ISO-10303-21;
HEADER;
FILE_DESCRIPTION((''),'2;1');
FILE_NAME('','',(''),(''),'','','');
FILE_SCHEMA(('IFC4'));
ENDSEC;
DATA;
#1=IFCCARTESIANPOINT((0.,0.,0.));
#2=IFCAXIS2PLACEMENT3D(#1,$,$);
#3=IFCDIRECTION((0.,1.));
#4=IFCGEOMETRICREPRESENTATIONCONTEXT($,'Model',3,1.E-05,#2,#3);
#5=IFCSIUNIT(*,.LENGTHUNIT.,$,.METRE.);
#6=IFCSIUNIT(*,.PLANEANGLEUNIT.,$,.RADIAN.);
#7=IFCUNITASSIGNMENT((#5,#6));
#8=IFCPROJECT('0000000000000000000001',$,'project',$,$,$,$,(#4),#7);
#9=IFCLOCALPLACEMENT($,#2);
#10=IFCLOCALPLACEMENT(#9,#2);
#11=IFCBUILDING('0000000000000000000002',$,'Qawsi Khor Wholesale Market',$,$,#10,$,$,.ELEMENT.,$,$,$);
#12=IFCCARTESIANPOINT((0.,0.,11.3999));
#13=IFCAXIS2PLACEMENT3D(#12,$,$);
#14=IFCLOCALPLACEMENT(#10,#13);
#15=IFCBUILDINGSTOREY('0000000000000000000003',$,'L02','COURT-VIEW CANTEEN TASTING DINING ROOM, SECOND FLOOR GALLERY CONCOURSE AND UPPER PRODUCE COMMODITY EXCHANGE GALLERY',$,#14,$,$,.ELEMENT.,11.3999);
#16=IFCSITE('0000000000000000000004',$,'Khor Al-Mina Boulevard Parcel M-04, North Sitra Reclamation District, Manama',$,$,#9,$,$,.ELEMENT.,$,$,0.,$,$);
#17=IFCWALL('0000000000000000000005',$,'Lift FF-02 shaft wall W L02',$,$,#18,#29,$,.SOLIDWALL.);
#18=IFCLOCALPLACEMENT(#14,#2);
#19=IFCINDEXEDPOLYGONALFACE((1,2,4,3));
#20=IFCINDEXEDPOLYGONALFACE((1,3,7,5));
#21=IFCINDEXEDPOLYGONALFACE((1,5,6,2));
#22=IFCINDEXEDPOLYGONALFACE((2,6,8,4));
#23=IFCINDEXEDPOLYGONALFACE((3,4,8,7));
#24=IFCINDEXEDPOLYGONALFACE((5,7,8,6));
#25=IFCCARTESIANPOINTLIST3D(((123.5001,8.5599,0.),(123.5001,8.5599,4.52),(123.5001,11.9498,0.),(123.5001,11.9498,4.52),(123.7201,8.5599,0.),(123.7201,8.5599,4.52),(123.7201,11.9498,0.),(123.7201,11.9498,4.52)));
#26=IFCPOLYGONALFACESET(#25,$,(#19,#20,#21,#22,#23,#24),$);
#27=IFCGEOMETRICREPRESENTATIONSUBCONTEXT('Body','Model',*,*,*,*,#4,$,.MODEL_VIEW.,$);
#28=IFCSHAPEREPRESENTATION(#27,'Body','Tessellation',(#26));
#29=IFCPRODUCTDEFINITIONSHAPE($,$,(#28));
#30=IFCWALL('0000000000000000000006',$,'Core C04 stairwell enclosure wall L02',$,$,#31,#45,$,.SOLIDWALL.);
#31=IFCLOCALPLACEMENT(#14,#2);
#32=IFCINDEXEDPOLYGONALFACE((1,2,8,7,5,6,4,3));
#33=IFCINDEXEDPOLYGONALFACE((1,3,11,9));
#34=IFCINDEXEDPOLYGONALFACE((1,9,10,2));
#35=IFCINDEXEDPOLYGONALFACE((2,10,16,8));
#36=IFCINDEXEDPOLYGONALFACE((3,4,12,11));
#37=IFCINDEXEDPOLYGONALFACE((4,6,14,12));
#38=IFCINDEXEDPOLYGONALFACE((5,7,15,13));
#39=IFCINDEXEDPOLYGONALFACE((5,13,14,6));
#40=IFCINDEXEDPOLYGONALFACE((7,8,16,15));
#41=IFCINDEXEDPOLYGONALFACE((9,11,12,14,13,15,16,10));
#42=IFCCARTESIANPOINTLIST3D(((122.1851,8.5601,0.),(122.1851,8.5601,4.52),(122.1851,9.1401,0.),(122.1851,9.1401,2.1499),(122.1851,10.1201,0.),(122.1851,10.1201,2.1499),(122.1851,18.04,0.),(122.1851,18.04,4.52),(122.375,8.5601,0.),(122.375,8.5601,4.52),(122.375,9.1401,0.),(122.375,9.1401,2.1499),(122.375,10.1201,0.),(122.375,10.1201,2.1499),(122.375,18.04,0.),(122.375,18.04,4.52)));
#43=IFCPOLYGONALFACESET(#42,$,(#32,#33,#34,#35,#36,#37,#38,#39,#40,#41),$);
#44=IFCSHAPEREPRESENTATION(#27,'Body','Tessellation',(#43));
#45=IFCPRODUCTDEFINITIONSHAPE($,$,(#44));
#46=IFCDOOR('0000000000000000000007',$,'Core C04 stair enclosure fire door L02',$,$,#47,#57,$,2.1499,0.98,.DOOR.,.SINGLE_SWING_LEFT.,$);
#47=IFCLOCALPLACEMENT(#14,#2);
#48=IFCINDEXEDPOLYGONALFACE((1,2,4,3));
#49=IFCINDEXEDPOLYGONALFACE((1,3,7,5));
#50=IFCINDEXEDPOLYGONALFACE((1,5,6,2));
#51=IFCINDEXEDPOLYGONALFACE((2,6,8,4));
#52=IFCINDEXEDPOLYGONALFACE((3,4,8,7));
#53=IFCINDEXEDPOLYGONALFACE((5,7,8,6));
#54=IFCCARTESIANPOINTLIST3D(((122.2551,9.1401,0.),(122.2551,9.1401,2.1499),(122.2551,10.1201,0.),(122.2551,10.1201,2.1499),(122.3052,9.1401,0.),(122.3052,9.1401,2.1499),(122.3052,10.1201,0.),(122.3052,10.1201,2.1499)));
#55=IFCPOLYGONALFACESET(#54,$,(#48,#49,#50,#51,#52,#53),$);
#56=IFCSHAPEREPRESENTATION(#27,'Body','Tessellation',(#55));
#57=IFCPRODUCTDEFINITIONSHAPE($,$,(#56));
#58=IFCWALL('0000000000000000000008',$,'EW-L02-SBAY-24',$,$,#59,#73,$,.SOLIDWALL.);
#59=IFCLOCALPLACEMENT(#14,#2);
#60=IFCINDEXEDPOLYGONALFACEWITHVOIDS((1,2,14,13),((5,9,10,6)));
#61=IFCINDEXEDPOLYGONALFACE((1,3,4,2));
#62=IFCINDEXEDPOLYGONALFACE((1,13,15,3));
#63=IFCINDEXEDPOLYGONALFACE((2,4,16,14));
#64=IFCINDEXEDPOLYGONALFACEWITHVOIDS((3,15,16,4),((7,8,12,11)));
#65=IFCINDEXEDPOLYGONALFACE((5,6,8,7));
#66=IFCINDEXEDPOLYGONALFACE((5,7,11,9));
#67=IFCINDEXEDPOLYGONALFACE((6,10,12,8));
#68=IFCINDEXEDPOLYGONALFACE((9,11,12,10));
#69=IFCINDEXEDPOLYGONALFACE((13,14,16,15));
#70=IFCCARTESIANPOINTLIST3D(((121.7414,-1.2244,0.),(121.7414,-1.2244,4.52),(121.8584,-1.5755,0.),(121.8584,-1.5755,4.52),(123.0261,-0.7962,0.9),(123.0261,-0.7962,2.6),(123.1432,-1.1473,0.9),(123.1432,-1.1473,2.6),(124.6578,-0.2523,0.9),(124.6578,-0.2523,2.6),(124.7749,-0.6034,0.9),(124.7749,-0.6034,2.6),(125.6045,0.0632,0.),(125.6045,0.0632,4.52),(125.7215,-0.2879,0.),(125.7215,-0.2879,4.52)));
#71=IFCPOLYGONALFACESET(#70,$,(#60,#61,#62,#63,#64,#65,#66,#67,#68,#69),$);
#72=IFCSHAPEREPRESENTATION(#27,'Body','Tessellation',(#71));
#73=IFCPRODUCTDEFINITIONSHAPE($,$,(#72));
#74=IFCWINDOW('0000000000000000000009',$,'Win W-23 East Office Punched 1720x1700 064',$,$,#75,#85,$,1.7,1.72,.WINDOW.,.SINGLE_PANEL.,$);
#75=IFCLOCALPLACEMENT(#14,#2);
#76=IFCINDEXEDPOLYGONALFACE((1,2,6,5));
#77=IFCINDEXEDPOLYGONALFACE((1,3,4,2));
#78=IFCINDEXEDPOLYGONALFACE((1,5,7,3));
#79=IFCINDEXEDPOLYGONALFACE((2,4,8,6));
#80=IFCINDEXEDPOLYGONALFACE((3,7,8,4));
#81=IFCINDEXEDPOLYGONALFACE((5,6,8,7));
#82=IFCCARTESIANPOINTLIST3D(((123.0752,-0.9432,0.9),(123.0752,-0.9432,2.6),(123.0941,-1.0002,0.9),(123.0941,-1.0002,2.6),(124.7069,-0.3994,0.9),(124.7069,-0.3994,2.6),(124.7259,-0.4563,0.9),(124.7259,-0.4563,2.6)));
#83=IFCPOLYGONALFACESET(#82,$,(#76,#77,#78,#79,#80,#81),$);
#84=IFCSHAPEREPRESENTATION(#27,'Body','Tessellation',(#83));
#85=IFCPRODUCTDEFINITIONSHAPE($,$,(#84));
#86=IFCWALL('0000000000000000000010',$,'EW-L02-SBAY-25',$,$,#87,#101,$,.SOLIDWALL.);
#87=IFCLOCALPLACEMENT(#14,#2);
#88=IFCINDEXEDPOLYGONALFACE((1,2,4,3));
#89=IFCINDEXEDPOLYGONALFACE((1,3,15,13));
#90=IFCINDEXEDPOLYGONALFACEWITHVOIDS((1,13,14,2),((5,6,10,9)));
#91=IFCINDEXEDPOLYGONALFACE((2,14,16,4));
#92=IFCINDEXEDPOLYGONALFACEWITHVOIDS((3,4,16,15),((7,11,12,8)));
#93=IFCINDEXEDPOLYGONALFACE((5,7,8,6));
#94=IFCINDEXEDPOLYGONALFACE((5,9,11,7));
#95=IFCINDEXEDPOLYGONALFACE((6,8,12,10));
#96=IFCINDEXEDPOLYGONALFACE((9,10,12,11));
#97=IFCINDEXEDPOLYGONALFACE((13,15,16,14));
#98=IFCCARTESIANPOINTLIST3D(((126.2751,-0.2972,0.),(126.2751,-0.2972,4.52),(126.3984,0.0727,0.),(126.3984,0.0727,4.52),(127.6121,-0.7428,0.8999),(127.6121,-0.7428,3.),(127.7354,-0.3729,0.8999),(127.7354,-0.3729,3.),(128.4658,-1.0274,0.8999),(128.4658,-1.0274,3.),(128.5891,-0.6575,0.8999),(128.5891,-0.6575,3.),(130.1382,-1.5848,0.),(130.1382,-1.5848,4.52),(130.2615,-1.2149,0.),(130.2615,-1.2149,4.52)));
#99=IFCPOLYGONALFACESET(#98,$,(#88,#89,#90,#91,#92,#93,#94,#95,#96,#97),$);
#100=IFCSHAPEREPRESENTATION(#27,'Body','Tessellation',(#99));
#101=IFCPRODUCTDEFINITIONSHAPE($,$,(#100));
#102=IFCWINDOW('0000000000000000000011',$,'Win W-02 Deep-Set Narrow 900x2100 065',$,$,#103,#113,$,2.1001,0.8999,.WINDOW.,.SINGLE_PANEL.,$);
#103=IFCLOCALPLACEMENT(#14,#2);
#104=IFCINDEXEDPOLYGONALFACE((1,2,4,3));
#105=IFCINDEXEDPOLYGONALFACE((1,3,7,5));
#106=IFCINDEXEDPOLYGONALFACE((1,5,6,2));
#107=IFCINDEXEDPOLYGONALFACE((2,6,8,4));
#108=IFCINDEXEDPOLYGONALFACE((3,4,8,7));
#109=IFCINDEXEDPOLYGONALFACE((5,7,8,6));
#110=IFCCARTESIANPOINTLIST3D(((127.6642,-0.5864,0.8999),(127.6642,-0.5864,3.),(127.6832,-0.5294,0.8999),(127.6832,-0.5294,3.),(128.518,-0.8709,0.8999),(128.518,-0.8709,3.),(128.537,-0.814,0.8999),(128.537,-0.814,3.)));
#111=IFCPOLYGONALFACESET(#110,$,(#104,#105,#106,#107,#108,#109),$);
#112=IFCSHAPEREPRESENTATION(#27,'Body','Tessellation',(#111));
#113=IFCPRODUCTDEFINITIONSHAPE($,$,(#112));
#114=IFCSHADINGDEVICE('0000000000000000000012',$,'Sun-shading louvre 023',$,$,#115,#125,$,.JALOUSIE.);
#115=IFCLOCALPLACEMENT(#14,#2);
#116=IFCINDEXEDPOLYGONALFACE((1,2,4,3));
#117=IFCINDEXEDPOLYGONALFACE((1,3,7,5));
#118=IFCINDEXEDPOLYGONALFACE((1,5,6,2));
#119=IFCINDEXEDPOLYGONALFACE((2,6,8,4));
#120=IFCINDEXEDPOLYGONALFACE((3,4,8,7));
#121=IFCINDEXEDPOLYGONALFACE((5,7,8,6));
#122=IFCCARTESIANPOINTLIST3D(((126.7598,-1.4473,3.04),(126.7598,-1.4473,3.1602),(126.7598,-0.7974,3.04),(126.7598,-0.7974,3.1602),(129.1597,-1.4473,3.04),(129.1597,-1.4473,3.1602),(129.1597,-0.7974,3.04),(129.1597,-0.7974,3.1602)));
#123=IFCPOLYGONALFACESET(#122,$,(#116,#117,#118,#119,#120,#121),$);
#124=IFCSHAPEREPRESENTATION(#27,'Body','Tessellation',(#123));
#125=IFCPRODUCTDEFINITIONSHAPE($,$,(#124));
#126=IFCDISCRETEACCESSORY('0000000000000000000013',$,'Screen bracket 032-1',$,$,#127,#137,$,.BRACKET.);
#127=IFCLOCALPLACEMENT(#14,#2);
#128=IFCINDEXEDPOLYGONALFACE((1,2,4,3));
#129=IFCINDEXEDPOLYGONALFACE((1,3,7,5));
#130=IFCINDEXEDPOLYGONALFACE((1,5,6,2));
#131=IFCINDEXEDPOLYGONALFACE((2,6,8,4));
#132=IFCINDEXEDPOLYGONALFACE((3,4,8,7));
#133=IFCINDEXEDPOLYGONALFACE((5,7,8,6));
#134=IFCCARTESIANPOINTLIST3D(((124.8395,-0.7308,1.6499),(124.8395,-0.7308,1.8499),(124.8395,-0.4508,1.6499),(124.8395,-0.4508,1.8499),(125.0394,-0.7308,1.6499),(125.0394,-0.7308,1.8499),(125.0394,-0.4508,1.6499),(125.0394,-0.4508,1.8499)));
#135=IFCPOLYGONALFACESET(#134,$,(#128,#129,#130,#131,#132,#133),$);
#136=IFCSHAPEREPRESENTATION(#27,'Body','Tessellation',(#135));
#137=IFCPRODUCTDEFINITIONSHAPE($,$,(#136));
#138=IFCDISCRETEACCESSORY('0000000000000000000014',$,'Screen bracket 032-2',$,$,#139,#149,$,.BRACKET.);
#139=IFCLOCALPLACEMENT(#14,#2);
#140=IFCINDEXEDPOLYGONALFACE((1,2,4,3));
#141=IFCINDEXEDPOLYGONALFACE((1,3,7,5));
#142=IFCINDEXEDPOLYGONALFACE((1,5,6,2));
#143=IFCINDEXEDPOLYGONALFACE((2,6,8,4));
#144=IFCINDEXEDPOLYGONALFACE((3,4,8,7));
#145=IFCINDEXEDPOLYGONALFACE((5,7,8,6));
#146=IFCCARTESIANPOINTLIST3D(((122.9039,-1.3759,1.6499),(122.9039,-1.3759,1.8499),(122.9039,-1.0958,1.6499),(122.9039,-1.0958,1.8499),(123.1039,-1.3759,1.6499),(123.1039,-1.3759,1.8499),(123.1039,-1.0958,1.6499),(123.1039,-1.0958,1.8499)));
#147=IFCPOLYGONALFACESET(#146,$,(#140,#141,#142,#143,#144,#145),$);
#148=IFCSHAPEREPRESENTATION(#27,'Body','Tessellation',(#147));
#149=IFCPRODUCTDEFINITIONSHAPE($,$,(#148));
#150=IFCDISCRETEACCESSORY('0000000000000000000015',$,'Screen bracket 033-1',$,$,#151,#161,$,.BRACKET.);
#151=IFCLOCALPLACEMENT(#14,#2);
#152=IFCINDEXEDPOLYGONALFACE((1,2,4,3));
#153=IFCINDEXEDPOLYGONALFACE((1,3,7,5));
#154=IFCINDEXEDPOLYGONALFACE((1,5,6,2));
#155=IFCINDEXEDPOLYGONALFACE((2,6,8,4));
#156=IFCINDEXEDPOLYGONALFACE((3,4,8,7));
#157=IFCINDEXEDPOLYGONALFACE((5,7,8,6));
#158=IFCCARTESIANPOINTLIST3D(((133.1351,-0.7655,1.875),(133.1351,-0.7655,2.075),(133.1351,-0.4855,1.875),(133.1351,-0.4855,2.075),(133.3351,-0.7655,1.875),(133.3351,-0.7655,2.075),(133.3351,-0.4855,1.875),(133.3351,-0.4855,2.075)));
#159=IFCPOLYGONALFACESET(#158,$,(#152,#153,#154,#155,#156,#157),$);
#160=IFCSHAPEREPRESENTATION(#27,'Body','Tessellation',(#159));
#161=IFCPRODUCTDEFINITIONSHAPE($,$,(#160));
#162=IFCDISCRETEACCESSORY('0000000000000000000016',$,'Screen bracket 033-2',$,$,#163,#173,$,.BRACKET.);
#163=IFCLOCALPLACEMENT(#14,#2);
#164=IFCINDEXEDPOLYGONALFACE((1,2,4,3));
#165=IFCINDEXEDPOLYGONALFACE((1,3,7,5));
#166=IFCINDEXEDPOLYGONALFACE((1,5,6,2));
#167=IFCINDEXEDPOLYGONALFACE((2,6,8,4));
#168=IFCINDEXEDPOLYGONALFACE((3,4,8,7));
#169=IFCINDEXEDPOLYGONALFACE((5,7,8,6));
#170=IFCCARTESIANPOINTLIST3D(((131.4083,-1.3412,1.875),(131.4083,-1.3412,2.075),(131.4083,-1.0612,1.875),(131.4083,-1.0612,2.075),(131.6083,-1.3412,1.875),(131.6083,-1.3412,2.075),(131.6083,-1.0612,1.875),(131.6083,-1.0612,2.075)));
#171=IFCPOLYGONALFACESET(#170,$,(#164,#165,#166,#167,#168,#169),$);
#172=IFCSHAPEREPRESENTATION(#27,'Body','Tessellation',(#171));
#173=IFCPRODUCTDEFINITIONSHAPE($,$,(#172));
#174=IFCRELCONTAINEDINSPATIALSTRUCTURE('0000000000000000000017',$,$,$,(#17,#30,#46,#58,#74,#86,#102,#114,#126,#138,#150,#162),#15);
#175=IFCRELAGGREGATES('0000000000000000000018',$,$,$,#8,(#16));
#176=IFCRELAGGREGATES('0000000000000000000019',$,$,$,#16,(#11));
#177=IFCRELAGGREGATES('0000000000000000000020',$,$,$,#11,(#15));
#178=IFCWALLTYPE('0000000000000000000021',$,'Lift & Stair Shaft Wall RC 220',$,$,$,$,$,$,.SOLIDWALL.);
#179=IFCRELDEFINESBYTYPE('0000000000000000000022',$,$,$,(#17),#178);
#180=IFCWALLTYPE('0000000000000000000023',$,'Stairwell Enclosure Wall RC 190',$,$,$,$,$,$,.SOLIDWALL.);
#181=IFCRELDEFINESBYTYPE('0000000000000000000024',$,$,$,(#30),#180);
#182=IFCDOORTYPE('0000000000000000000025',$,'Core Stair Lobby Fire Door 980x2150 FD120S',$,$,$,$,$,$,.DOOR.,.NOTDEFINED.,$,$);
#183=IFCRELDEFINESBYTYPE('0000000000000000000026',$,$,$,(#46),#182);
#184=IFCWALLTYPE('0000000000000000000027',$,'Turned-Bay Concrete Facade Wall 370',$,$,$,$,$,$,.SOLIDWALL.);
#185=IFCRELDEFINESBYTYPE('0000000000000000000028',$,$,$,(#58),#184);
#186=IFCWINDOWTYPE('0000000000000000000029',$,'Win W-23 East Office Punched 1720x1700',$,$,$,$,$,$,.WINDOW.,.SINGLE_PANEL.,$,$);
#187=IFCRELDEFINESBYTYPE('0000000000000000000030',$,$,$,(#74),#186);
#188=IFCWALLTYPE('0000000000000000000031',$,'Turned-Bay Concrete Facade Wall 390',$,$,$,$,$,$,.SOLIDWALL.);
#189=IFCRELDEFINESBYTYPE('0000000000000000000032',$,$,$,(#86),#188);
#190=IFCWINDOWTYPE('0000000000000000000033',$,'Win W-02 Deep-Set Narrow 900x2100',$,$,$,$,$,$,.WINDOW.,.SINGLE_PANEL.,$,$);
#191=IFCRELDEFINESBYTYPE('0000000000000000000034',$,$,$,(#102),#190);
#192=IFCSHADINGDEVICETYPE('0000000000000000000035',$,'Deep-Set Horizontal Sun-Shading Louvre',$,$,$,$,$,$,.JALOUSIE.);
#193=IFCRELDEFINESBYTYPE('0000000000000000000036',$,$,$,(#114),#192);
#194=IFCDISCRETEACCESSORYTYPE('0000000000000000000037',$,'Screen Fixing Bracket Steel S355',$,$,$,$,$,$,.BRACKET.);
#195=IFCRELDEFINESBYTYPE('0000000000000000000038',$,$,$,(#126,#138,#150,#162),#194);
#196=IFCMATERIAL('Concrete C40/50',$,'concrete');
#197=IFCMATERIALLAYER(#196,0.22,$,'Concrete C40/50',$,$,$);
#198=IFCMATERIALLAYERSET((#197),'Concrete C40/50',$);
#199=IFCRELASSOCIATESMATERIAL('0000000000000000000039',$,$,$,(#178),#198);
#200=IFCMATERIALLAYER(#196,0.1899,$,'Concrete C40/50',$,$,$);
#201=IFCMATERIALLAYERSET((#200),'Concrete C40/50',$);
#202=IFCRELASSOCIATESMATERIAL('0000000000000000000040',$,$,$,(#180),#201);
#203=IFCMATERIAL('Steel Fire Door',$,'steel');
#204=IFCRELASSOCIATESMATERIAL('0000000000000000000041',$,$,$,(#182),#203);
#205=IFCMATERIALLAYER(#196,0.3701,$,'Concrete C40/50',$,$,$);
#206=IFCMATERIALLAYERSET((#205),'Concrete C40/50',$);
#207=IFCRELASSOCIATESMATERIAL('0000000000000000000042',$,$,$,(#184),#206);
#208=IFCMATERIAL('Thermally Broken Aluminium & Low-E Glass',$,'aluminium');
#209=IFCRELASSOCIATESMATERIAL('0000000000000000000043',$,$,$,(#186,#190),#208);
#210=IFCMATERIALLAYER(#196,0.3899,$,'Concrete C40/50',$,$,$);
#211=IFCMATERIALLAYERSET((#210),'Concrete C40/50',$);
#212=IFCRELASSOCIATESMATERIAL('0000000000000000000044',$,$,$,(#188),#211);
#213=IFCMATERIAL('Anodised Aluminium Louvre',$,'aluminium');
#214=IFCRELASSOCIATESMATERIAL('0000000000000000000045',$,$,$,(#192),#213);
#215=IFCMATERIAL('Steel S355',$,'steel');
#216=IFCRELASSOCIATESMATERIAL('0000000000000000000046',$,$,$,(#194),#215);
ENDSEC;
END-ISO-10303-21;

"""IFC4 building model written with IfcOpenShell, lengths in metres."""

from ifc_helpers import new_model, si_unit, direction, frame, frame_2d, origin, origin_2d, place, context, subcontext, project, spatial, rectangle, extrude, material, layer, layer_set, type_object, element, fill, save


model = new_model("IFC4")

# Units and contexts
model_context = context("Model", 3, precision=1e-05, world=origin(), true_north=direction((0.0, 1.0)))
body_context = subcontext(model_context, "Body", "Model", "MODEL_VIEW")
ifc_project = project(units=[si_unit("LENGTHUNIT", "METRE"), si_unit("PLANEANGLEUNIT", "RADIAN")], contexts=[model_context])

# Site, building, storey
site_placement = place(None, origin())
site = spatial("IfcSite", under=ifc_project, at=site_placement, Name="Khor Al-Mina Boulevard Parcel M-04, North Sitra Reclamation District, Manama", CompositionType="ELEMENT", RefElevation=0.0)
building_placement = place(site_placement, origin())
building = spatial("IfcBuilding", under=site, at=building_placement, Name="Qawsi Khor Wholesale Market", CompositionType="ELEMENT")
storey_placement = place(building_placement, frame((0.0, 0.0, 11.3999)))
storey = spatial("IfcBuildingStorey", under=building, at=storey_placement, Name="L02", Description="COURT-VIEW CANTEEN TASTING DINING ROOM, SECOND FLOOR GALLERY CONCOURSE AND UPPER PRODUCE COMMODITY EXCHANGE GALLERY", CompositionType="ELEMENT", Elevation=11.3999)

# Shared definitions
ifc_material_1 = material(Name="Concrete C40/50", Category="concrete")

# Shared definitions
ifc_material_2 = material(Name="Steel S355", Category="steel")

# Wall
ifc_layer_1 = layer(ifc_material_1, 0.22, Name="Concrete C40/50")
ifc_layer_set_1 = layer_set([ifc_layer_1], Name="Concrete C40/50")
wall_type_1 = type_object("IfcWallType", Name="Lift & Stair Shaft Wall RC 220", PredefinedType="SOLIDWALL", material=ifc_layer_set_1)
wall_1_placement = place(storey_placement, frame((123.6101, 8.5601, 0.0), z_axis=(0.0, 0.0, 1.0), x_axis=(0.0, 1.0, 0.0)))
element("IfcWall", 1, at=wall_1_placement, inside=storey, type_object=wall_type_1, Name="Lift FF-02 shaft wall W L02", PredefinedType="SOLIDWALL", context=body_context, shape_type="SweptSolid", body=[
    extrude(rectangle(XDim=3.3899, YDim=0.22, at=frame_2d((1.6948, 0.0))), origin(), (0.0, 0.0, 1.0), 4.52),
])

# Wall, opening, door
ifc_layer_2 = layer(ifc_material_1, 0.1899, Name="Concrete C40/50")
ifc_layer_set_2 = layer_set([ifc_layer_2], Name="Concrete C40/50")
wall_type_2 = type_object("IfcWallType", Name="Stairwell Enclosure Wall RC 190", PredefinedType="SOLIDWALL", material=ifc_layer_set_2)
wall_2_placement = place(storey_placement, frame((122.28, 8.5601, 0.0), z_axis=(0.0, 0.0, 1.0), x_axis=(0.0, 1.0, 0.0)))
wall_2 = element("IfcWall", 2, at=wall_2_placement, inside=storey, type_object=wall_type_2, Name="Core C04 stairwell enclosure wall L02", PredefinedType="SOLIDWALL", context=body_context, shape_type="SweptSolid", body=[
    extrude(rectangle(XDim=9.48, YDim=0.1899, at=frame_2d((4.74, 0.0))), origin(), (0.0, 0.0, 1.0), 4.52),
])
opening_1_placement = place(wall_2_placement, frame((0.5801, 0.0, 0.0)))
opening_1 = element("IfcOpeningElement", 3, at=opening_1_placement, cuts=wall_2, PredefinedType="OPENING", context=body_context, shape_type="SweptSolid", body=[
    extrude(rectangle(XDim=0.98, YDim=2.1499, at=frame_2d((0.49, 1.075))), frame((0.0, 0.105, 0.0), z_axis=(0.0, -1.0, 0.0), x_axis=(1.0, 0.0, 0.0)), (0.0, 0.0, 1.0), 0.21),
])
ifc_material_3 = material(Name="Steel Fire Door", Category="steel")
door_type = type_object("IfcDoorType", Name="Core Stair Lobby Fire Door 980x2150 FD120S", OperationType="NOTDEFINED", PredefinedType="DOOR", material=ifc_material_3)
door_placement = place(opening_1_placement, origin())
door = element("IfcDoor", 4, at=door_placement, inside=storey, type_object=door_type, Name="Core C04 stair enclosure fire door L02", OperationType="SINGLE_SWING_LEFT", OverallHeight=2.1499, OverallWidth=0.98, PredefinedType="DOOR", context=body_context, shape_type="SweptSolid", body=[
    extrude(rectangle(XDim=0.98, YDim=2.1499, at=frame_2d((0.49, 1.075))), frame((0.0, 0.0249, 0.0), z_axis=(0.0, -1.0, 0.0), x_axis=(1.0, 0.0, 0.0)), (0.0, 0.0, 1.0), 0.05),
])
fill(opening_1, door)

# Walls, openings, windows
ifc_layer_3 = layer(ifc_material_1, 0.3701, Name="Concrete C40/50")
ifc_layer_set_3 = layer_set([ifc_layer_3], Name="Concrete C40/50")
wall_type_3 = type_object("IfcWallType", Name="Turned-Bay Concrete Facade Wall 370", PredefinedType="SOLIDWALL", material=ifc_layer_set_3)
wall_3_placement = place(storey_placement, frame((125.6631, -0.1123, 0.0), z_axis=(0.0, 0.0, 1.0), x_axis=(-0.948689, -0.31621, 0.0)))
wall_3 = element("IfcWall", 5, at=wall_3_placement, inside=storey, type_object=wall_type_3, Name="EW-L02-SBAY-24", PredefinedType="SOLIDWALL", context=body_context, shape_type="SweptSolid", body=[
    extrude(rectangle(XDim=4.072, YDim=0.3701, at=frame_2d((2.0361, 0.0))), origin(), (0.0, 0.0, 1.0), 4.52),
])
opening_2_placement = place(wall_3_placement, frame((0.998, 0.0, 0.8999)))
opening_2 = element("IfcOpeningElement", 6, at=opening_2_placement, cuts=wall_3, PredefinedType="OPENING", context=body_context, shape_type="SweptSolid", body=[
    extrude(rectangle(XDim=1.72, YDim=1.7, at=frame_2d((0.8599, 0.8501))), frame((0.0, 0.1951, 0.0), z_axis=(0.0, -1.0, 0.0), x_axis=(1.0, 0.0, 0.0)), (0.0, 0.0, 1.0), 0.3901),
])
ifc_material_4 = material(Name="Thermally Broken Aluminium & Low-E Glass", Category="aluminium")
window_type_1 = type_object("IfcWindowType", Name="Win W-23 East Office Punched 1720x1700", PartitioningType="SINGLE_PANEL", PredefinedType="WINDOW", material=ifc_material_4)
window_1_placement = place(opening_2_placement, origin())
window_1 = element("IfcWindow", 7, at=window_1_placement, inside=storey, type_object=window_type_1, Name="Win W-23 East Office Punched 1720x1700 064", OverallHeight=1.7, OverallWidth=1.72, PartitioningType="SINGLE_PANEL", PredefinedType="WINDOW", context=body_context, shape_type="SweptSolid", body=[
    extrude(rectangle(XDim=1.72, YDim=1.7, at=frame_2d((0.8599, 0.8501))), frame((0.0, 0.03, 0.0), z_axis=(0.0, -1.0, 0.0), x_axis=(1.0, 0.0, 0.0)), (0.0, 0.0, 1.0), 0.0601),
])
fill(opening_2, window_1)
ifc_layer_4 = layer(ifc_material_1, 0.3899, Name="Concrete C40/50")
ifc_layer_set_4 = layer_set([ifc_layer_4], Name="Concrete C40/50")
wall_type_4 = type_object("IfcWallType", Name="Turned-Bay Concrete Facade Wall 390", PredefinedType="SOLIDWALL", material=ifc_layer_set_4)
wall_4_placement = place(storey_placement, frame((130.2, -1.3999, 0.0), z_axis=(0.0, 0.0, 1.0), x_axis=(-0.948689, 0.31621, 0.0)))
wall_4 = element("IfcWall", 8, at=wall_4_placement, inside=storey, type_object=wall_type_4, Name="EW-L02-SBAY-25", PredefinedType="SOLIDWALL", context=body_context, shape_type="SweptSolid", body=[
    extrude(rectangle(XDim=4.072, YDim=0.3899, at=frame_2d((2.0361, 0.0))), origin(), (0.0, 0.0, 1.0), 4.52),
])
opening_3_placement = place(wall_4_placement, frame((1.7629, 0.0, 0.8999)))
opening_3 = element("IfcOpeningElement", 9, at=opening_3_placement, cuts=wall_4, PredefinedType="OPENING", context=body_context, shape_type="SweptSolid", body=[
    extrude(rectangle(XDim=0.8999, YDim=2.1001, at=frame_2d((0.45, 1.05))), frame((0.0, 0.2048, 0.0), z_axis=(0.0, -1.0, 0.0), x_axis=(1.0, 0.0, 0.0)), (0.0, 0.0, 1.0), 0.4099),
])
window_type_2 = type_object("IfcWindowType", Name="Win W-02 Deep-Set Narrow 900x2100", PartitioningType="SINGLE_PANEL", PredefinedType="WINDOW", material=ifc_material_4)
window_2_placement = place(opening_3_placement, origin())
window_2 = element("IfcWindow", 10, at=window_2_placement, inside=storey, type_object=window_type_2, Name="Win W-02 Deep-Set Narrow 900x2100 065", OverallHeight=2.1001, OverallWidth=0.8999, PartitioningType="SINGLE_PANEL", PredefinedType="WINDOW", context=body_context, shape_type="SweptSolid", body=[
    extrude(rectangle(XDim=0.8999, YDim=2.1001, at=frame_2d((0.45, 1.05))), frame((0.0, 0.03, 0.0), z_axis=(0.0, -1.0, 0.0), x_axis=(1.0, 0.0, 0.0)), (0.0, 0.0, 1.0), 0.0601),
])
fill(opening_3, window_2)

# Shading device
ifc_material_5 = material(Name="Anodised Aluminium Louvre", Category="aluminium")
shading_device_type = type_object("IfcShadingDeviceType", Name="Deep-Set Horizontal Sun-Shading Louvre", PredefinedType="JALOUSIE", material=ifc_material_5)
shading_device_placement = place(storey_placement, frame((127.9597, -1.1223, 3.04), z_axis=(0.0, 0.0, 1.0), x_axis=(1.0, 0.0, 0.0)))
element("IfcShadingDevice", 11, at=shading_device_placement, inside=storey, type_object=shading_device_type, Name="Sun-shading louvre 023", PredefinedType="JALOUSIE", context=body_context, shape_type="SweptSolid", body=[
    extrude(rectangle(XDim=2.3999, YDim=0.6499, at=origin_2d()), origin(), (0.0, 0.0, 1.0), 0.1201),
])

# Discrete accessories
discrete_accessory_type = type_object("IfcDiscreteAccessoryType", Name="Screen Fixing Bracket Steel S355", PredefinedType="BRACKET", material=ifc_material_2)
for number, where, z_axis, x_axis, name in (
    (12, (124.9395, -0.5908, 1.6499), (0.0, 0.0, 1.0), (1.0, 0.0, 0.0), "Screen bracket 032-1"),
    (13, (123.0039, -1.2358, 1.6499), (0.0, 0.0, 1.0), (1.0, 0.0, 0.0), "Screen bracket 032-2"),
    (14, (133.2351, -0.6255, 1.875), (0.0, 0.0, 1.0), (1.0, 0.0, 0.0), "Screen bracket 033-1"),
    (15, (131.5083, -1.2012, 1.875), (0.0, 0.0, 1.0), (1.0, 0.0, 0.0), "Screen bracket 033-2"),
):
    element("IfcDiscreteAccessory", number, at=place(storey_placement, frame(where, z_axis=z_axis, x_axis=x_axis)), inside=storey, type_object=discrete_accessory_type, Name=name, PredefinedType="BRACKET", context=body_context, shape_type="SweptSolid", body=[
        extrude(rectangle(XDim=0.2, YDim=0.28, at=origin_2d()), origin(), (0.0, 0.0, 1.0), 0.2),
    ])

save(model, "model.ifc")
